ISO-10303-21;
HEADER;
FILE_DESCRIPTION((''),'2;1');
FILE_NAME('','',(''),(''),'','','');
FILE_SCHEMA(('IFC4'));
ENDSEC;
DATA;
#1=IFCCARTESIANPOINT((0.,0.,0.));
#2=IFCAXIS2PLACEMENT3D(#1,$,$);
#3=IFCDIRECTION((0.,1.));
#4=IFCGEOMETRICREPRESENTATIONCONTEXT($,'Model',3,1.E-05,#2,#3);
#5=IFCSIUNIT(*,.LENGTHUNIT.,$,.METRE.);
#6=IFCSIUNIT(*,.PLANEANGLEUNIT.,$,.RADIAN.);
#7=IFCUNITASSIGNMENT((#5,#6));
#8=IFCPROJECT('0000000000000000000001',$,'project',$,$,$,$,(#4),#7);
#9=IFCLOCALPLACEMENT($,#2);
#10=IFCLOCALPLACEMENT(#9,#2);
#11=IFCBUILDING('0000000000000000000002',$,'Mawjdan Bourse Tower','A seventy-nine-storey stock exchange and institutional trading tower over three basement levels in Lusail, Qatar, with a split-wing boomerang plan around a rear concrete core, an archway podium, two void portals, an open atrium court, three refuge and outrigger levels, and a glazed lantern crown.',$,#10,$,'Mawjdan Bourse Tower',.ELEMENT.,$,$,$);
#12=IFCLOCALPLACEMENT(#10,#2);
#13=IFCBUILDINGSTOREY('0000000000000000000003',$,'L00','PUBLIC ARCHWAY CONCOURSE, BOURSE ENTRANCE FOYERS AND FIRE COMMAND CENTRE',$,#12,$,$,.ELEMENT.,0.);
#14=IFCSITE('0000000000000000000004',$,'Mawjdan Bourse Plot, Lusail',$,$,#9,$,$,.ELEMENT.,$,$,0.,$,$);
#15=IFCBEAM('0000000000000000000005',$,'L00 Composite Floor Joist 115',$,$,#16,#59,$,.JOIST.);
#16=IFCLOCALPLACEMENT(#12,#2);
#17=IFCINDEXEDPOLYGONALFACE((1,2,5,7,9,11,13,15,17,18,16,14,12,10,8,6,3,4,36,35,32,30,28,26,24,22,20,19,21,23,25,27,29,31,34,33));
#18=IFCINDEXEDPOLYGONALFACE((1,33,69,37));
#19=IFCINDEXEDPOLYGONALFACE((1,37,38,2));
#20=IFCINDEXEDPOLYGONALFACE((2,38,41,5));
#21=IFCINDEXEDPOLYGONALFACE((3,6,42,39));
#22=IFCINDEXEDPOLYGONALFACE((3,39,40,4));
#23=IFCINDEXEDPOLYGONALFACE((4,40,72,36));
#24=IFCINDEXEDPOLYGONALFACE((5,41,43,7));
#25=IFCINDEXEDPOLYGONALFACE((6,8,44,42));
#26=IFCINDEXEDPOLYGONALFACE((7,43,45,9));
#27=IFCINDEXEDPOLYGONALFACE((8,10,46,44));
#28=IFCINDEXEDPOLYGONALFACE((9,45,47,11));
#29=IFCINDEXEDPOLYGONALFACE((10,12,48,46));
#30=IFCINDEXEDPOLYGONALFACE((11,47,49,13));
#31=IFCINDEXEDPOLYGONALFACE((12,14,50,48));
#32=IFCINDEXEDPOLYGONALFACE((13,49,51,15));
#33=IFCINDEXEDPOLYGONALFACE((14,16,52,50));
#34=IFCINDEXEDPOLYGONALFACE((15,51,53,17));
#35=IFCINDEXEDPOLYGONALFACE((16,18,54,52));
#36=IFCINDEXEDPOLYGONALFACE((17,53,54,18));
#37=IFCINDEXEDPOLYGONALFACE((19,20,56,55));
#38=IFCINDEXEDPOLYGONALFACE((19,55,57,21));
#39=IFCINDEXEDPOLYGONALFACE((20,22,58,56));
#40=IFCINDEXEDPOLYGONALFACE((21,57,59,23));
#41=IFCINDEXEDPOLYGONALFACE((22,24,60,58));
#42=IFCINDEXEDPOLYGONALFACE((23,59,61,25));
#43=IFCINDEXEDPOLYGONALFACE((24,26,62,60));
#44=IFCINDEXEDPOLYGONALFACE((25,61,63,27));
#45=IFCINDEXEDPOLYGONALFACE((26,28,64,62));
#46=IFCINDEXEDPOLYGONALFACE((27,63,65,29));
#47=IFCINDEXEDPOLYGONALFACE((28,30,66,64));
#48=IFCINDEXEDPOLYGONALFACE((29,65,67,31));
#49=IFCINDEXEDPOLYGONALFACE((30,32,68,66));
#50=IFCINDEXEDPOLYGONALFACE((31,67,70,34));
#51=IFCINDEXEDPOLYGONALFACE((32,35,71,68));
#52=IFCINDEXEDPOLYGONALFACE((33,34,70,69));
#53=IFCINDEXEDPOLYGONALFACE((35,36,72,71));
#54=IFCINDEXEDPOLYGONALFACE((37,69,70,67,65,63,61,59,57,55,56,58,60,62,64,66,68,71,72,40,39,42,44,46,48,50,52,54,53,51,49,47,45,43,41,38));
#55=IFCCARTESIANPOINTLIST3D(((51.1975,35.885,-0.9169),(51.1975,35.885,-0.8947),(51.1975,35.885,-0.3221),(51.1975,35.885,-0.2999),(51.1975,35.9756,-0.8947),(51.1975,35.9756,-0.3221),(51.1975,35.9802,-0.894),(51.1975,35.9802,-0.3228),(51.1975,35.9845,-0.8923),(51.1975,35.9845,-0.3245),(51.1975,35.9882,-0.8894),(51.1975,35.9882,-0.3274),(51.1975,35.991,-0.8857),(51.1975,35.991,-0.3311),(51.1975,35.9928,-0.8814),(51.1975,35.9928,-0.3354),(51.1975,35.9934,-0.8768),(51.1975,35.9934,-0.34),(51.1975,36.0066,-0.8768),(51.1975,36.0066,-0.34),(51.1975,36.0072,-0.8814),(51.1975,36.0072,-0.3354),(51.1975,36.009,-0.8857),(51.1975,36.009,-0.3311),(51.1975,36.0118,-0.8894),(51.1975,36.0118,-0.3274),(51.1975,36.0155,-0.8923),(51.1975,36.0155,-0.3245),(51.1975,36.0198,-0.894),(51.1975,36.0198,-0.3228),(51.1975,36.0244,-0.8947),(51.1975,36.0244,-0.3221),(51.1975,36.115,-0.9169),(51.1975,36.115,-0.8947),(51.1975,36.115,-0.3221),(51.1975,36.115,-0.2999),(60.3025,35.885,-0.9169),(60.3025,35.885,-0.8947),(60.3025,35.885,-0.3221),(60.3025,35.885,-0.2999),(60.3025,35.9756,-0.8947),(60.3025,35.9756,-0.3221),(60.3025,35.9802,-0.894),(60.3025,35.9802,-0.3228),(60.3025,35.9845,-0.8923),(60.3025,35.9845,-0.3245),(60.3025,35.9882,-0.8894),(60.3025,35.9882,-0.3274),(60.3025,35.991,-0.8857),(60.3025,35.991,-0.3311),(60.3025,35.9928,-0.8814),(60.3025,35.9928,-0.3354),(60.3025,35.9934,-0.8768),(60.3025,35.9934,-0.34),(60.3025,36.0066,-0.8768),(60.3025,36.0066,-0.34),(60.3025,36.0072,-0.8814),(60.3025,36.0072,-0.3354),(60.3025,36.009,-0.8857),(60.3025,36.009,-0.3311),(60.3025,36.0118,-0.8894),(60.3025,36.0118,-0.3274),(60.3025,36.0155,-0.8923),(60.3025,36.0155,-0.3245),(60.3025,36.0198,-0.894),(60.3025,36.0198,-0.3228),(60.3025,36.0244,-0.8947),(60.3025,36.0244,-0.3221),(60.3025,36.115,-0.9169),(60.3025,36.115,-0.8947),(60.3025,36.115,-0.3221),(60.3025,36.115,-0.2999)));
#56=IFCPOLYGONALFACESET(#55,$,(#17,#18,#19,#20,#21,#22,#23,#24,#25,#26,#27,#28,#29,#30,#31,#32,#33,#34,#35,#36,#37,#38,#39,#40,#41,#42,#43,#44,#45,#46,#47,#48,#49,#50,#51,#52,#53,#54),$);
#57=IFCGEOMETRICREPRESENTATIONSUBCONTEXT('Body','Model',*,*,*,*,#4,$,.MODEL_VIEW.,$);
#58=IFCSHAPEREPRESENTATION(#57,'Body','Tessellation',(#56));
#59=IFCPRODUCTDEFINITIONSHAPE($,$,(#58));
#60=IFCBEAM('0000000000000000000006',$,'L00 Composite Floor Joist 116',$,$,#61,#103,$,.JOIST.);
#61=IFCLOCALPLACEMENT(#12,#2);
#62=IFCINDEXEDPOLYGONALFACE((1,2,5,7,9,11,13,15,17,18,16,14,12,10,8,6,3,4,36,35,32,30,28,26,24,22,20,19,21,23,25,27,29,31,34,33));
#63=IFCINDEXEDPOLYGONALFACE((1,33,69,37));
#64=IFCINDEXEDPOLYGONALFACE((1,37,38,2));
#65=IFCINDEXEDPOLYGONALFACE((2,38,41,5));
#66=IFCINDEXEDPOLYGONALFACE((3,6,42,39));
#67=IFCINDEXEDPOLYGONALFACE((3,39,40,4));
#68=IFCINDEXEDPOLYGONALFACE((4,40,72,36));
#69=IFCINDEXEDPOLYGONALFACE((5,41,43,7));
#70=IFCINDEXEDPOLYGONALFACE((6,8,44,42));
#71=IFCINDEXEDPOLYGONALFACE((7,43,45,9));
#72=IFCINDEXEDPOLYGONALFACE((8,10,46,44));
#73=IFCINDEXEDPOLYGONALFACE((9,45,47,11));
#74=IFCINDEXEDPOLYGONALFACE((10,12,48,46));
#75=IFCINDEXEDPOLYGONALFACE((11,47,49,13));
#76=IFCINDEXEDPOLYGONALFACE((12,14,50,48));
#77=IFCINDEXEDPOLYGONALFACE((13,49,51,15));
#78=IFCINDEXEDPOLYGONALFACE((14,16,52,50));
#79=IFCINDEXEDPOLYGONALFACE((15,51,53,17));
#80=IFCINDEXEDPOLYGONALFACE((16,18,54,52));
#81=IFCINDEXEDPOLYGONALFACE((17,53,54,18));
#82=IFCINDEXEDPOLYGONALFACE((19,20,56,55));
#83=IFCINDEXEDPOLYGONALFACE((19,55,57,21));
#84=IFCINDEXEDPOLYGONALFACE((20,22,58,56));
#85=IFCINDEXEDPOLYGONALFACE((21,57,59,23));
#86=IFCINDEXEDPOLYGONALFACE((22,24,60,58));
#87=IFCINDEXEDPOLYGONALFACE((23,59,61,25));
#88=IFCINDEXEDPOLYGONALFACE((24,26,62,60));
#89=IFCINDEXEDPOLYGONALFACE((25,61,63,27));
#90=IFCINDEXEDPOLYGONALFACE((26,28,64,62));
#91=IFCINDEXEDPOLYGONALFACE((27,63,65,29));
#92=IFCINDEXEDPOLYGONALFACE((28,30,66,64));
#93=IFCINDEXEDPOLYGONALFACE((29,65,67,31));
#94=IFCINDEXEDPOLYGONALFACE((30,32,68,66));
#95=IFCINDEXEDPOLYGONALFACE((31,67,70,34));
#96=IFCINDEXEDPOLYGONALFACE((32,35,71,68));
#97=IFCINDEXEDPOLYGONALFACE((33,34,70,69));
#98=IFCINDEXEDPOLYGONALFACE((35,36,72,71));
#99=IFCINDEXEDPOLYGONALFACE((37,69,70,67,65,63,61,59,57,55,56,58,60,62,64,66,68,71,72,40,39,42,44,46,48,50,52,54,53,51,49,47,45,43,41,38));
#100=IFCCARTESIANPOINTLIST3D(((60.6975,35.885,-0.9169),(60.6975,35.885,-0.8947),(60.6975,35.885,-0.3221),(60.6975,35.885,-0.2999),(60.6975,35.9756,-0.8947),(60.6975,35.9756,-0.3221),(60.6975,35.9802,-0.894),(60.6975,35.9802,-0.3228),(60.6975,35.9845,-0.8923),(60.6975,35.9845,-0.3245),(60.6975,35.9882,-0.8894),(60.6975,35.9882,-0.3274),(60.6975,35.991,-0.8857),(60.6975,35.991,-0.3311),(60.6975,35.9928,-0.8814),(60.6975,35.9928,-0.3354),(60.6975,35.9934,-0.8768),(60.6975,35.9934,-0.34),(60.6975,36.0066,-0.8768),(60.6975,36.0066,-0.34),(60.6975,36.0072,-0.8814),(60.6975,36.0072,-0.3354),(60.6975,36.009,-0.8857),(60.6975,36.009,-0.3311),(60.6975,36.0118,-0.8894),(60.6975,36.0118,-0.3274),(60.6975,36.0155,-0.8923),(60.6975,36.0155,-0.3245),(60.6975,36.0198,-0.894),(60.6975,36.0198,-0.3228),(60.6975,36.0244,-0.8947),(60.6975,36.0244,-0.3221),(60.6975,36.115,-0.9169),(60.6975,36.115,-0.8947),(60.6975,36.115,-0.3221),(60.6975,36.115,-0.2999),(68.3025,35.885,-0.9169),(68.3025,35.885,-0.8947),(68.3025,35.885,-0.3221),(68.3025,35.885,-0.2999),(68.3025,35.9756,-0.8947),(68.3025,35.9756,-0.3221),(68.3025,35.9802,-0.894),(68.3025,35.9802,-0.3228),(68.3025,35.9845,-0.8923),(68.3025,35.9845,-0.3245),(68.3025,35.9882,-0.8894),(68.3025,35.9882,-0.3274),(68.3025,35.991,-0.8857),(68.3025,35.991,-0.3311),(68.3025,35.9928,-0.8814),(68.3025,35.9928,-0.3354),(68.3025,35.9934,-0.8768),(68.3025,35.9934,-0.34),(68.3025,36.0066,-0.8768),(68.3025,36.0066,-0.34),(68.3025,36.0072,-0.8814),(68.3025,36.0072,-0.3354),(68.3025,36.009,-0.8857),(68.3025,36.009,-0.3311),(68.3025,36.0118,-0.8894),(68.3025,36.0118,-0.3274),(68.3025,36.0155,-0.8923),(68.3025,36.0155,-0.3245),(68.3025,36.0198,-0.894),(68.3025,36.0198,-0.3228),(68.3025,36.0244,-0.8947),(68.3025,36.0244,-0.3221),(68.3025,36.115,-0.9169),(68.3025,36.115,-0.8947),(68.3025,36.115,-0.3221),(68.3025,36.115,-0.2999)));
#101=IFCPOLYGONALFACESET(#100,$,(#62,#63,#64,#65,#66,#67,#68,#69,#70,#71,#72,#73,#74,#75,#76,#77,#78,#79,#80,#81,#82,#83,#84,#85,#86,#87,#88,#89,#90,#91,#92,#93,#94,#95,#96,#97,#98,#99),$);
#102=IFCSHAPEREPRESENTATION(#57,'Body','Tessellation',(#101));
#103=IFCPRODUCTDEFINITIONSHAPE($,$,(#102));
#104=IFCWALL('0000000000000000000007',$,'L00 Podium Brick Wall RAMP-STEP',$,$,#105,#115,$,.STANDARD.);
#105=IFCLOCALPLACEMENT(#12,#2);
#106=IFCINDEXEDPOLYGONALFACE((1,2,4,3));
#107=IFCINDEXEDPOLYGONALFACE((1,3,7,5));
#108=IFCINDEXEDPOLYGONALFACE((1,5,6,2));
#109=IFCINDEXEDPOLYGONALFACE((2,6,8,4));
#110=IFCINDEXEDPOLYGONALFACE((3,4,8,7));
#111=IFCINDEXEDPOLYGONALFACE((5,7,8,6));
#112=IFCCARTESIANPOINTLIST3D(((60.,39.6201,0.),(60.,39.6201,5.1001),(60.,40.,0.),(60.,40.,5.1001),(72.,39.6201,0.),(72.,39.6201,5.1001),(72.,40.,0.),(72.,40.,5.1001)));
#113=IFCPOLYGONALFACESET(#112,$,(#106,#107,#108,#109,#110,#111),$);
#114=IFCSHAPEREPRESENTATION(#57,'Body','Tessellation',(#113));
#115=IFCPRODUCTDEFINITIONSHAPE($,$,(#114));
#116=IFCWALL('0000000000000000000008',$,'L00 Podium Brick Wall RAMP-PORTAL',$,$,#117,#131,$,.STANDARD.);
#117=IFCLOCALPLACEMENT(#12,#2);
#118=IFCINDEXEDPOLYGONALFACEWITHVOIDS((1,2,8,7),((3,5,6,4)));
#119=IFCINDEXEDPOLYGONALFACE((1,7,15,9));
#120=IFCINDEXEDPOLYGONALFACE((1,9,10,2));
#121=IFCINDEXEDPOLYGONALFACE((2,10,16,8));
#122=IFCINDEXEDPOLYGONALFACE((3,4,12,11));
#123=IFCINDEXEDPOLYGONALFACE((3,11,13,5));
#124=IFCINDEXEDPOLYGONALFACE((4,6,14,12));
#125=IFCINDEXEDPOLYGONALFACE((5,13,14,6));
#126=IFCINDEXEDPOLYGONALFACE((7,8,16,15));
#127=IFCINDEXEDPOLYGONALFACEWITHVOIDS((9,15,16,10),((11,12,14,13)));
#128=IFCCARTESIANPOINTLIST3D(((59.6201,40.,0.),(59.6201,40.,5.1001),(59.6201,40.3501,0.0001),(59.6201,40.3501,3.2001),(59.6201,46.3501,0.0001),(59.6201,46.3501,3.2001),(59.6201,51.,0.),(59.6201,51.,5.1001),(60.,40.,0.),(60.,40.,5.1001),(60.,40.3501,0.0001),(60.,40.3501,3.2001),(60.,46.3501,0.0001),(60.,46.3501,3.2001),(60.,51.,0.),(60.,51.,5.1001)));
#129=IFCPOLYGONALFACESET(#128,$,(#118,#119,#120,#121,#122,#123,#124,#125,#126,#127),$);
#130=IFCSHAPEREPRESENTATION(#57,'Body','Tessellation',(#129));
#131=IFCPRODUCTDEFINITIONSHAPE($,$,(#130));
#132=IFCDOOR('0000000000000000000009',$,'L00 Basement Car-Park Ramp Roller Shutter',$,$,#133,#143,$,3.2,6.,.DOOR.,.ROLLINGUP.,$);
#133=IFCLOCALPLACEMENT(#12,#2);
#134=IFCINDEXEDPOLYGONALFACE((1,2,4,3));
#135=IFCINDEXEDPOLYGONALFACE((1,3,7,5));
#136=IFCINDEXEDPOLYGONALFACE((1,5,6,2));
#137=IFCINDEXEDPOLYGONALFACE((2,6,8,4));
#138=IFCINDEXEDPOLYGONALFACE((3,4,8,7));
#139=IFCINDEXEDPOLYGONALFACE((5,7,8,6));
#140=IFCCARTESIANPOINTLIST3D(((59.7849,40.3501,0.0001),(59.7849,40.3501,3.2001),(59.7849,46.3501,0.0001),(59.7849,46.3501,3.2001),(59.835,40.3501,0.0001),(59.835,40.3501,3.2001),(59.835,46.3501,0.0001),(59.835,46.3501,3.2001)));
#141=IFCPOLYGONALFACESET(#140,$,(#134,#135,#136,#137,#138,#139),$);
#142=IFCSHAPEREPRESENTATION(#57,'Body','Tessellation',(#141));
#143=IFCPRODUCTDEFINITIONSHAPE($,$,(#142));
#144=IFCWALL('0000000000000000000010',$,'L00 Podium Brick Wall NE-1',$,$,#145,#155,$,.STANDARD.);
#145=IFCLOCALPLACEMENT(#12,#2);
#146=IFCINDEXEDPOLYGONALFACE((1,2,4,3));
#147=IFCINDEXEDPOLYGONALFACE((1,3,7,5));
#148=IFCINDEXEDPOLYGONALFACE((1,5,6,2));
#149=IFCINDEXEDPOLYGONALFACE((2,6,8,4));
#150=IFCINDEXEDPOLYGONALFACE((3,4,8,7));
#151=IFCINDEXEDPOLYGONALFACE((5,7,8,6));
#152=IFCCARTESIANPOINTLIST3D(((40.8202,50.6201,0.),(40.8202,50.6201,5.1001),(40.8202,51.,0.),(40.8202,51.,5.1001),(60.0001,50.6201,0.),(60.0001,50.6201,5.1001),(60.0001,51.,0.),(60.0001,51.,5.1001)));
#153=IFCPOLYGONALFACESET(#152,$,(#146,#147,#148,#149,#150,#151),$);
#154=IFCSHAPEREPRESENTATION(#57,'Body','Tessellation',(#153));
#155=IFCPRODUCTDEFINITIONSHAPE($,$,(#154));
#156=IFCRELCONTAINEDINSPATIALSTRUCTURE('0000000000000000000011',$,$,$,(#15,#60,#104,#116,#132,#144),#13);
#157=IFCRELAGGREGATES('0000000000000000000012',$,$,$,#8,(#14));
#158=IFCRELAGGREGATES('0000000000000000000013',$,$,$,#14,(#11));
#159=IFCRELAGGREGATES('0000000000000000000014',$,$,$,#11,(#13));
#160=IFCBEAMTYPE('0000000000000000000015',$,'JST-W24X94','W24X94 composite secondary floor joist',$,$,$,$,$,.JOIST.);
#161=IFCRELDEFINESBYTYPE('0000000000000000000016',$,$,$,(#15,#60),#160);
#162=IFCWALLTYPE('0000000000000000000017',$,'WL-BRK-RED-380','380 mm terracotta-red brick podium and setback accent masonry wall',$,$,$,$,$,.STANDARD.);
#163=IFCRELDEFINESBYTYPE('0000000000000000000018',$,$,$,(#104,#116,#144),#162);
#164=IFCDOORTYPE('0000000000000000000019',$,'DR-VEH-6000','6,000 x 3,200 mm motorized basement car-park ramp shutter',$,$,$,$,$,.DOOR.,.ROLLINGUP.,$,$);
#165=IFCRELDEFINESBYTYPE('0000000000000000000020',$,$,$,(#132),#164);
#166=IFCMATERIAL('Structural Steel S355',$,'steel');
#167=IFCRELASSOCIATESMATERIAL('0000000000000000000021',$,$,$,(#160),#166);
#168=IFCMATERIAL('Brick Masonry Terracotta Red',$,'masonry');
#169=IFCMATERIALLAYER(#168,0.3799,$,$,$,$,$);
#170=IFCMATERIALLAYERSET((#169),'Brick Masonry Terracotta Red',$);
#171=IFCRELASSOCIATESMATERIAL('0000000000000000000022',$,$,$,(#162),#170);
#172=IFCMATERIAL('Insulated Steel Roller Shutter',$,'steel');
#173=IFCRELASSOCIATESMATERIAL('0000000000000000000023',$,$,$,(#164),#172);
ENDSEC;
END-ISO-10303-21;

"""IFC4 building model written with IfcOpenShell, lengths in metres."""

from ifc_helpers import new_model, si_unit, direction, frame, frame_2d, origin, origin_2d, place, context, subcontext, project, spatial, rectangle, i_section, extrude, material, layer, layer_set, material_profile, profile_set, type_object, element, fill, save


model = new_model("IFC4")

# Units and contexts
model_context = context("Model", 3, precision=1e-05, world=origin(), true_north=direction((0.0, 1.0)))
body_context = subcontext(model_context, "Body", "Model", "MODEL_VIEW")
ifc_project = project(units=[si_unit("LENGTHUNIT", "METRE"), si_unit("PLANEANGLEUNIT", "RADIAN")], contexts=[model_context])

# Site, building, storey
site_placement = place(None, origin())
site = spatial("IfcSite", under=ifc_project, at=site_placement, Name="Mawjdan Bourse Plot, Lusail", CompositionType="ELEMENT", RefElevation=0.0)
building_placement = place(site_placement, origin())
building = spatial("IfcBuilding", under=site, at=building_placement, Name="Mawjdan Bourse Tower", Description="A seventy-nine-storey stock exchange and institutional trading tower over three basement levels in Lusail, Qatar, with a split-wing boomerang plan around a rear concrete core, an archway podium, two void portals, an open atrium court, three refuge and outrigger levels, and a glazed lantern crown.", LongName="Mawjdan Bourse Tower", CompositionType="ELEMENT")
storey_placement = place(building_placement, origin())
storey = spatial("IfcBuildingStorey", under=building, at=storey_placement, Name="L00", Description="PUBLIC ARCHWAY CONCOURSE, BOURSE ENTRANCE FOYERS AND FIRE COMMAND CENTRE", CompositionType="ELEMENT", Elevation=0.0)

# Beams
ifc_material_1 = material(Name="Structural Steel S355", Category="steel")
ifc_material_profile_1 = material_profile(ifc_material_1, i_section(OverallWidth=0.23, OverallDepth=0.6169, WebThickness=0.0132, FlangeThickness=0.0222, FilletRadius=0.0178, at=origin_2d()), Name="W24X94")
ifc_profile_set_1 = profile_set([ifc_material_profile_1], Name="Structural Steel S355")
beam_type_1 = type_object("IfcBeamType", Name="JST-W24X94", Description="W24X94 composite secondary floor joist", PredefinedType="JOIST", material=ifc_profile_set_1)
beam_1_placement = place(storey_placement, frame((51.1975, 36.0, -0.6084), z_axis=(1.0, 0.0, 0.0), x_axis=(0.0, 1.0, 0.0)))
element("IfcBeam", 1, at=beam_1_placement, inside=storey, type_object=beam_type_1, Name="L00 Composite Floor Joist 115", PredefinedType="JOIST", context=body_context, shape_type="SweptSolid", body=[
    extrude(i_section(OverallWidth=0.23, OverallDepth=0.6169, WebThickness=0.0132, FlangeThickness=0.0222, FilletRadius=0.0178, at=origin_2d()), origin(), (0.0, 0.0, 1.0), 9.105),
])
beam_2_placement = place(storey_placement, frame((60.6975, 36.0, -0.6084), z_axis=(1.0, 0.0, 0.0), x_axis=(0.0, 1.0, 0.0)))
element("IfcBeam", 2, at=beam_2_placement, inside=storey, type_object=beam_type_1, Name="L00 Composite Floor Joist 116", PredefinedType="JOIST", context=body_context, shape_type="SweptSolid", body=[
    extrude(i_section(OverallWidth=0.23, OverallDepth=0.6169, WebThickness=0.0132, FlangeThickness=0.0222, FilletRadius=0.0178, at=origin_2d()), origin(), (0.0, 0.0, 1.0), 7.605),
])

# Wall
ifc_material_2 = material(Name="Brick Masonry Terracotta Red", Category="masonry")
ifc_layer_1 = layer(ifc_material_2, 0.3799)
ifc_layer_set_1 = layer_set([ifc_layer_1], Name="Brick Masonry Terracotta Red")
wall_type_1 = type_object("IfcWallType", Name="WL-BRK-RED-380", Description="380 mm terracotta-red brick podium and setback accent masonry wall", PredefinedType="STANDARD", material=ifc_layer_set_1)
wall_1_placement = place(storey_placement, frame((72.0, 39.8101, 0.0), z_axis=(0.0, 0.0, 1.0), x_axis=(-1.0, 0.0, 0.0)))
element("IfcWall", 3, at=wall_1_placement, inside=storey, type_object=wall_type_1, Name="L00 Podium Brick Wall RAMP-STEP", PredefinedType="STANDARD", context=body_context, shape_type="SweptSolid", body=[
    extrude(rectangle(XDim=12.0, YDim=0.3799, at=frame_2d((6.0, 0.0))), origin(), (0.0, 0.0, 1.0), 5.1001),
])

# Wall, opening, door
wall_2_placement = place(storey_placement, frame((59.8101, 40.0, 0.0), z_axis=(0.0, 0.0, 1.0), x_axis=(0.0, 1.0, 0.0)))
wall_2 = element("IfcWall", 4, at=wall_2_placement, inside=storey, type_object=wall_type_1, Name="L00 Podium Brick Wall RAMP-PORTAL", PredefinedType="STANDARD", context=body_context, shape_type="SweptSolid", body=[
    extrude(rectangle(XDim=11.0, YDim=0.3799, at=frame_2d((5.5, 0.0))), origin(), (0.0, 0.0, 1.0), 5.1001),
])
opening_1_placement = place(wall_2_placement, frame((0.3501, 0.0, 0.0)))
opening_1 = element("IfcOpeningElement", 5, at=opening_1_placement, cuts=wall_2, PredefinedType="OPENING", context=body_context, shape_type="SweptSolid", body=[
    extrude(rectangle(XDim=6.0, YDim=3.2, at=frame_2d((3.0, 1.6001))), frame((0.0, 0.2, 0.0), z_axis=(0.0, -1.0, 0.0), x_axis=(1.0, 0.0, 0.0)), (0.0, 0.0, 1.0), 0.3999),
])
ifc_material_3 = material(Name="Insulated Steel Roller Shutter", Category="steel")
door_type_1 = type_object("IfcDoorType", Name="DR-VEH-6000", Description="6,000 x 3,200 mm motorized basement car-park ramp shutter", OperationType="ROLLINGUP", PredefinedType="DOOR", material=ifc_material_3)
door_1_placement = place(opening_1_placement, frame((6.0, 0.0, 0.0), z_axis=(0.0, 0.0, 1.0), x_axis=(-1.0, 0.0, 0.0)))
door_1 = element("IfcDoor", 6, at=door_1_placement, inside=storey, type_object=door_type_1, Name="L00 Basement Car-Park Ramp Roller Shutter", OperationType="ROLLINGUP", OverallHeight=3.2, OverallWidth=6.0, PredefinedType="DOOR", context=body_context, shape_type="SweptSolid", body=[
    extrude(rectangle(XDim=6.0, YDim=3.2, at=frame_2d((3.0, 1.6001))), frame((0.0, 0.0249, 0.0), z_axis=(0.0, -1.0, 0.0), x_axis=(1.0, 0.0, 0.0)), (0.0, 0.0, 1.0), 0.05),
])
fill(opening_1, door_1)

# Wall
wall_3_placement = place(storey_placement, frame((60.0, 50.8101, 0.0), z_axis=(0.0, 0.0, 1.0), x_axis=(-1.0, 0.0, 0.0)))
element("IfcWall", 7, at=wall_3_placement, inside=storey, type_object=wall_type_1, Name="L00 Podium Brick Wall NE-1", PredefinedType="STANDARD", context=body_context, shape_type="SweptSolid", body=[
    extrude(rectangle(XDim=19.1799, YDim=0.3799, at=frame_2d((9.5898, 0.0))), origin(), (0.0, 0.0, 1.0), 5.1001),
])

save(model, "model.ifc")
